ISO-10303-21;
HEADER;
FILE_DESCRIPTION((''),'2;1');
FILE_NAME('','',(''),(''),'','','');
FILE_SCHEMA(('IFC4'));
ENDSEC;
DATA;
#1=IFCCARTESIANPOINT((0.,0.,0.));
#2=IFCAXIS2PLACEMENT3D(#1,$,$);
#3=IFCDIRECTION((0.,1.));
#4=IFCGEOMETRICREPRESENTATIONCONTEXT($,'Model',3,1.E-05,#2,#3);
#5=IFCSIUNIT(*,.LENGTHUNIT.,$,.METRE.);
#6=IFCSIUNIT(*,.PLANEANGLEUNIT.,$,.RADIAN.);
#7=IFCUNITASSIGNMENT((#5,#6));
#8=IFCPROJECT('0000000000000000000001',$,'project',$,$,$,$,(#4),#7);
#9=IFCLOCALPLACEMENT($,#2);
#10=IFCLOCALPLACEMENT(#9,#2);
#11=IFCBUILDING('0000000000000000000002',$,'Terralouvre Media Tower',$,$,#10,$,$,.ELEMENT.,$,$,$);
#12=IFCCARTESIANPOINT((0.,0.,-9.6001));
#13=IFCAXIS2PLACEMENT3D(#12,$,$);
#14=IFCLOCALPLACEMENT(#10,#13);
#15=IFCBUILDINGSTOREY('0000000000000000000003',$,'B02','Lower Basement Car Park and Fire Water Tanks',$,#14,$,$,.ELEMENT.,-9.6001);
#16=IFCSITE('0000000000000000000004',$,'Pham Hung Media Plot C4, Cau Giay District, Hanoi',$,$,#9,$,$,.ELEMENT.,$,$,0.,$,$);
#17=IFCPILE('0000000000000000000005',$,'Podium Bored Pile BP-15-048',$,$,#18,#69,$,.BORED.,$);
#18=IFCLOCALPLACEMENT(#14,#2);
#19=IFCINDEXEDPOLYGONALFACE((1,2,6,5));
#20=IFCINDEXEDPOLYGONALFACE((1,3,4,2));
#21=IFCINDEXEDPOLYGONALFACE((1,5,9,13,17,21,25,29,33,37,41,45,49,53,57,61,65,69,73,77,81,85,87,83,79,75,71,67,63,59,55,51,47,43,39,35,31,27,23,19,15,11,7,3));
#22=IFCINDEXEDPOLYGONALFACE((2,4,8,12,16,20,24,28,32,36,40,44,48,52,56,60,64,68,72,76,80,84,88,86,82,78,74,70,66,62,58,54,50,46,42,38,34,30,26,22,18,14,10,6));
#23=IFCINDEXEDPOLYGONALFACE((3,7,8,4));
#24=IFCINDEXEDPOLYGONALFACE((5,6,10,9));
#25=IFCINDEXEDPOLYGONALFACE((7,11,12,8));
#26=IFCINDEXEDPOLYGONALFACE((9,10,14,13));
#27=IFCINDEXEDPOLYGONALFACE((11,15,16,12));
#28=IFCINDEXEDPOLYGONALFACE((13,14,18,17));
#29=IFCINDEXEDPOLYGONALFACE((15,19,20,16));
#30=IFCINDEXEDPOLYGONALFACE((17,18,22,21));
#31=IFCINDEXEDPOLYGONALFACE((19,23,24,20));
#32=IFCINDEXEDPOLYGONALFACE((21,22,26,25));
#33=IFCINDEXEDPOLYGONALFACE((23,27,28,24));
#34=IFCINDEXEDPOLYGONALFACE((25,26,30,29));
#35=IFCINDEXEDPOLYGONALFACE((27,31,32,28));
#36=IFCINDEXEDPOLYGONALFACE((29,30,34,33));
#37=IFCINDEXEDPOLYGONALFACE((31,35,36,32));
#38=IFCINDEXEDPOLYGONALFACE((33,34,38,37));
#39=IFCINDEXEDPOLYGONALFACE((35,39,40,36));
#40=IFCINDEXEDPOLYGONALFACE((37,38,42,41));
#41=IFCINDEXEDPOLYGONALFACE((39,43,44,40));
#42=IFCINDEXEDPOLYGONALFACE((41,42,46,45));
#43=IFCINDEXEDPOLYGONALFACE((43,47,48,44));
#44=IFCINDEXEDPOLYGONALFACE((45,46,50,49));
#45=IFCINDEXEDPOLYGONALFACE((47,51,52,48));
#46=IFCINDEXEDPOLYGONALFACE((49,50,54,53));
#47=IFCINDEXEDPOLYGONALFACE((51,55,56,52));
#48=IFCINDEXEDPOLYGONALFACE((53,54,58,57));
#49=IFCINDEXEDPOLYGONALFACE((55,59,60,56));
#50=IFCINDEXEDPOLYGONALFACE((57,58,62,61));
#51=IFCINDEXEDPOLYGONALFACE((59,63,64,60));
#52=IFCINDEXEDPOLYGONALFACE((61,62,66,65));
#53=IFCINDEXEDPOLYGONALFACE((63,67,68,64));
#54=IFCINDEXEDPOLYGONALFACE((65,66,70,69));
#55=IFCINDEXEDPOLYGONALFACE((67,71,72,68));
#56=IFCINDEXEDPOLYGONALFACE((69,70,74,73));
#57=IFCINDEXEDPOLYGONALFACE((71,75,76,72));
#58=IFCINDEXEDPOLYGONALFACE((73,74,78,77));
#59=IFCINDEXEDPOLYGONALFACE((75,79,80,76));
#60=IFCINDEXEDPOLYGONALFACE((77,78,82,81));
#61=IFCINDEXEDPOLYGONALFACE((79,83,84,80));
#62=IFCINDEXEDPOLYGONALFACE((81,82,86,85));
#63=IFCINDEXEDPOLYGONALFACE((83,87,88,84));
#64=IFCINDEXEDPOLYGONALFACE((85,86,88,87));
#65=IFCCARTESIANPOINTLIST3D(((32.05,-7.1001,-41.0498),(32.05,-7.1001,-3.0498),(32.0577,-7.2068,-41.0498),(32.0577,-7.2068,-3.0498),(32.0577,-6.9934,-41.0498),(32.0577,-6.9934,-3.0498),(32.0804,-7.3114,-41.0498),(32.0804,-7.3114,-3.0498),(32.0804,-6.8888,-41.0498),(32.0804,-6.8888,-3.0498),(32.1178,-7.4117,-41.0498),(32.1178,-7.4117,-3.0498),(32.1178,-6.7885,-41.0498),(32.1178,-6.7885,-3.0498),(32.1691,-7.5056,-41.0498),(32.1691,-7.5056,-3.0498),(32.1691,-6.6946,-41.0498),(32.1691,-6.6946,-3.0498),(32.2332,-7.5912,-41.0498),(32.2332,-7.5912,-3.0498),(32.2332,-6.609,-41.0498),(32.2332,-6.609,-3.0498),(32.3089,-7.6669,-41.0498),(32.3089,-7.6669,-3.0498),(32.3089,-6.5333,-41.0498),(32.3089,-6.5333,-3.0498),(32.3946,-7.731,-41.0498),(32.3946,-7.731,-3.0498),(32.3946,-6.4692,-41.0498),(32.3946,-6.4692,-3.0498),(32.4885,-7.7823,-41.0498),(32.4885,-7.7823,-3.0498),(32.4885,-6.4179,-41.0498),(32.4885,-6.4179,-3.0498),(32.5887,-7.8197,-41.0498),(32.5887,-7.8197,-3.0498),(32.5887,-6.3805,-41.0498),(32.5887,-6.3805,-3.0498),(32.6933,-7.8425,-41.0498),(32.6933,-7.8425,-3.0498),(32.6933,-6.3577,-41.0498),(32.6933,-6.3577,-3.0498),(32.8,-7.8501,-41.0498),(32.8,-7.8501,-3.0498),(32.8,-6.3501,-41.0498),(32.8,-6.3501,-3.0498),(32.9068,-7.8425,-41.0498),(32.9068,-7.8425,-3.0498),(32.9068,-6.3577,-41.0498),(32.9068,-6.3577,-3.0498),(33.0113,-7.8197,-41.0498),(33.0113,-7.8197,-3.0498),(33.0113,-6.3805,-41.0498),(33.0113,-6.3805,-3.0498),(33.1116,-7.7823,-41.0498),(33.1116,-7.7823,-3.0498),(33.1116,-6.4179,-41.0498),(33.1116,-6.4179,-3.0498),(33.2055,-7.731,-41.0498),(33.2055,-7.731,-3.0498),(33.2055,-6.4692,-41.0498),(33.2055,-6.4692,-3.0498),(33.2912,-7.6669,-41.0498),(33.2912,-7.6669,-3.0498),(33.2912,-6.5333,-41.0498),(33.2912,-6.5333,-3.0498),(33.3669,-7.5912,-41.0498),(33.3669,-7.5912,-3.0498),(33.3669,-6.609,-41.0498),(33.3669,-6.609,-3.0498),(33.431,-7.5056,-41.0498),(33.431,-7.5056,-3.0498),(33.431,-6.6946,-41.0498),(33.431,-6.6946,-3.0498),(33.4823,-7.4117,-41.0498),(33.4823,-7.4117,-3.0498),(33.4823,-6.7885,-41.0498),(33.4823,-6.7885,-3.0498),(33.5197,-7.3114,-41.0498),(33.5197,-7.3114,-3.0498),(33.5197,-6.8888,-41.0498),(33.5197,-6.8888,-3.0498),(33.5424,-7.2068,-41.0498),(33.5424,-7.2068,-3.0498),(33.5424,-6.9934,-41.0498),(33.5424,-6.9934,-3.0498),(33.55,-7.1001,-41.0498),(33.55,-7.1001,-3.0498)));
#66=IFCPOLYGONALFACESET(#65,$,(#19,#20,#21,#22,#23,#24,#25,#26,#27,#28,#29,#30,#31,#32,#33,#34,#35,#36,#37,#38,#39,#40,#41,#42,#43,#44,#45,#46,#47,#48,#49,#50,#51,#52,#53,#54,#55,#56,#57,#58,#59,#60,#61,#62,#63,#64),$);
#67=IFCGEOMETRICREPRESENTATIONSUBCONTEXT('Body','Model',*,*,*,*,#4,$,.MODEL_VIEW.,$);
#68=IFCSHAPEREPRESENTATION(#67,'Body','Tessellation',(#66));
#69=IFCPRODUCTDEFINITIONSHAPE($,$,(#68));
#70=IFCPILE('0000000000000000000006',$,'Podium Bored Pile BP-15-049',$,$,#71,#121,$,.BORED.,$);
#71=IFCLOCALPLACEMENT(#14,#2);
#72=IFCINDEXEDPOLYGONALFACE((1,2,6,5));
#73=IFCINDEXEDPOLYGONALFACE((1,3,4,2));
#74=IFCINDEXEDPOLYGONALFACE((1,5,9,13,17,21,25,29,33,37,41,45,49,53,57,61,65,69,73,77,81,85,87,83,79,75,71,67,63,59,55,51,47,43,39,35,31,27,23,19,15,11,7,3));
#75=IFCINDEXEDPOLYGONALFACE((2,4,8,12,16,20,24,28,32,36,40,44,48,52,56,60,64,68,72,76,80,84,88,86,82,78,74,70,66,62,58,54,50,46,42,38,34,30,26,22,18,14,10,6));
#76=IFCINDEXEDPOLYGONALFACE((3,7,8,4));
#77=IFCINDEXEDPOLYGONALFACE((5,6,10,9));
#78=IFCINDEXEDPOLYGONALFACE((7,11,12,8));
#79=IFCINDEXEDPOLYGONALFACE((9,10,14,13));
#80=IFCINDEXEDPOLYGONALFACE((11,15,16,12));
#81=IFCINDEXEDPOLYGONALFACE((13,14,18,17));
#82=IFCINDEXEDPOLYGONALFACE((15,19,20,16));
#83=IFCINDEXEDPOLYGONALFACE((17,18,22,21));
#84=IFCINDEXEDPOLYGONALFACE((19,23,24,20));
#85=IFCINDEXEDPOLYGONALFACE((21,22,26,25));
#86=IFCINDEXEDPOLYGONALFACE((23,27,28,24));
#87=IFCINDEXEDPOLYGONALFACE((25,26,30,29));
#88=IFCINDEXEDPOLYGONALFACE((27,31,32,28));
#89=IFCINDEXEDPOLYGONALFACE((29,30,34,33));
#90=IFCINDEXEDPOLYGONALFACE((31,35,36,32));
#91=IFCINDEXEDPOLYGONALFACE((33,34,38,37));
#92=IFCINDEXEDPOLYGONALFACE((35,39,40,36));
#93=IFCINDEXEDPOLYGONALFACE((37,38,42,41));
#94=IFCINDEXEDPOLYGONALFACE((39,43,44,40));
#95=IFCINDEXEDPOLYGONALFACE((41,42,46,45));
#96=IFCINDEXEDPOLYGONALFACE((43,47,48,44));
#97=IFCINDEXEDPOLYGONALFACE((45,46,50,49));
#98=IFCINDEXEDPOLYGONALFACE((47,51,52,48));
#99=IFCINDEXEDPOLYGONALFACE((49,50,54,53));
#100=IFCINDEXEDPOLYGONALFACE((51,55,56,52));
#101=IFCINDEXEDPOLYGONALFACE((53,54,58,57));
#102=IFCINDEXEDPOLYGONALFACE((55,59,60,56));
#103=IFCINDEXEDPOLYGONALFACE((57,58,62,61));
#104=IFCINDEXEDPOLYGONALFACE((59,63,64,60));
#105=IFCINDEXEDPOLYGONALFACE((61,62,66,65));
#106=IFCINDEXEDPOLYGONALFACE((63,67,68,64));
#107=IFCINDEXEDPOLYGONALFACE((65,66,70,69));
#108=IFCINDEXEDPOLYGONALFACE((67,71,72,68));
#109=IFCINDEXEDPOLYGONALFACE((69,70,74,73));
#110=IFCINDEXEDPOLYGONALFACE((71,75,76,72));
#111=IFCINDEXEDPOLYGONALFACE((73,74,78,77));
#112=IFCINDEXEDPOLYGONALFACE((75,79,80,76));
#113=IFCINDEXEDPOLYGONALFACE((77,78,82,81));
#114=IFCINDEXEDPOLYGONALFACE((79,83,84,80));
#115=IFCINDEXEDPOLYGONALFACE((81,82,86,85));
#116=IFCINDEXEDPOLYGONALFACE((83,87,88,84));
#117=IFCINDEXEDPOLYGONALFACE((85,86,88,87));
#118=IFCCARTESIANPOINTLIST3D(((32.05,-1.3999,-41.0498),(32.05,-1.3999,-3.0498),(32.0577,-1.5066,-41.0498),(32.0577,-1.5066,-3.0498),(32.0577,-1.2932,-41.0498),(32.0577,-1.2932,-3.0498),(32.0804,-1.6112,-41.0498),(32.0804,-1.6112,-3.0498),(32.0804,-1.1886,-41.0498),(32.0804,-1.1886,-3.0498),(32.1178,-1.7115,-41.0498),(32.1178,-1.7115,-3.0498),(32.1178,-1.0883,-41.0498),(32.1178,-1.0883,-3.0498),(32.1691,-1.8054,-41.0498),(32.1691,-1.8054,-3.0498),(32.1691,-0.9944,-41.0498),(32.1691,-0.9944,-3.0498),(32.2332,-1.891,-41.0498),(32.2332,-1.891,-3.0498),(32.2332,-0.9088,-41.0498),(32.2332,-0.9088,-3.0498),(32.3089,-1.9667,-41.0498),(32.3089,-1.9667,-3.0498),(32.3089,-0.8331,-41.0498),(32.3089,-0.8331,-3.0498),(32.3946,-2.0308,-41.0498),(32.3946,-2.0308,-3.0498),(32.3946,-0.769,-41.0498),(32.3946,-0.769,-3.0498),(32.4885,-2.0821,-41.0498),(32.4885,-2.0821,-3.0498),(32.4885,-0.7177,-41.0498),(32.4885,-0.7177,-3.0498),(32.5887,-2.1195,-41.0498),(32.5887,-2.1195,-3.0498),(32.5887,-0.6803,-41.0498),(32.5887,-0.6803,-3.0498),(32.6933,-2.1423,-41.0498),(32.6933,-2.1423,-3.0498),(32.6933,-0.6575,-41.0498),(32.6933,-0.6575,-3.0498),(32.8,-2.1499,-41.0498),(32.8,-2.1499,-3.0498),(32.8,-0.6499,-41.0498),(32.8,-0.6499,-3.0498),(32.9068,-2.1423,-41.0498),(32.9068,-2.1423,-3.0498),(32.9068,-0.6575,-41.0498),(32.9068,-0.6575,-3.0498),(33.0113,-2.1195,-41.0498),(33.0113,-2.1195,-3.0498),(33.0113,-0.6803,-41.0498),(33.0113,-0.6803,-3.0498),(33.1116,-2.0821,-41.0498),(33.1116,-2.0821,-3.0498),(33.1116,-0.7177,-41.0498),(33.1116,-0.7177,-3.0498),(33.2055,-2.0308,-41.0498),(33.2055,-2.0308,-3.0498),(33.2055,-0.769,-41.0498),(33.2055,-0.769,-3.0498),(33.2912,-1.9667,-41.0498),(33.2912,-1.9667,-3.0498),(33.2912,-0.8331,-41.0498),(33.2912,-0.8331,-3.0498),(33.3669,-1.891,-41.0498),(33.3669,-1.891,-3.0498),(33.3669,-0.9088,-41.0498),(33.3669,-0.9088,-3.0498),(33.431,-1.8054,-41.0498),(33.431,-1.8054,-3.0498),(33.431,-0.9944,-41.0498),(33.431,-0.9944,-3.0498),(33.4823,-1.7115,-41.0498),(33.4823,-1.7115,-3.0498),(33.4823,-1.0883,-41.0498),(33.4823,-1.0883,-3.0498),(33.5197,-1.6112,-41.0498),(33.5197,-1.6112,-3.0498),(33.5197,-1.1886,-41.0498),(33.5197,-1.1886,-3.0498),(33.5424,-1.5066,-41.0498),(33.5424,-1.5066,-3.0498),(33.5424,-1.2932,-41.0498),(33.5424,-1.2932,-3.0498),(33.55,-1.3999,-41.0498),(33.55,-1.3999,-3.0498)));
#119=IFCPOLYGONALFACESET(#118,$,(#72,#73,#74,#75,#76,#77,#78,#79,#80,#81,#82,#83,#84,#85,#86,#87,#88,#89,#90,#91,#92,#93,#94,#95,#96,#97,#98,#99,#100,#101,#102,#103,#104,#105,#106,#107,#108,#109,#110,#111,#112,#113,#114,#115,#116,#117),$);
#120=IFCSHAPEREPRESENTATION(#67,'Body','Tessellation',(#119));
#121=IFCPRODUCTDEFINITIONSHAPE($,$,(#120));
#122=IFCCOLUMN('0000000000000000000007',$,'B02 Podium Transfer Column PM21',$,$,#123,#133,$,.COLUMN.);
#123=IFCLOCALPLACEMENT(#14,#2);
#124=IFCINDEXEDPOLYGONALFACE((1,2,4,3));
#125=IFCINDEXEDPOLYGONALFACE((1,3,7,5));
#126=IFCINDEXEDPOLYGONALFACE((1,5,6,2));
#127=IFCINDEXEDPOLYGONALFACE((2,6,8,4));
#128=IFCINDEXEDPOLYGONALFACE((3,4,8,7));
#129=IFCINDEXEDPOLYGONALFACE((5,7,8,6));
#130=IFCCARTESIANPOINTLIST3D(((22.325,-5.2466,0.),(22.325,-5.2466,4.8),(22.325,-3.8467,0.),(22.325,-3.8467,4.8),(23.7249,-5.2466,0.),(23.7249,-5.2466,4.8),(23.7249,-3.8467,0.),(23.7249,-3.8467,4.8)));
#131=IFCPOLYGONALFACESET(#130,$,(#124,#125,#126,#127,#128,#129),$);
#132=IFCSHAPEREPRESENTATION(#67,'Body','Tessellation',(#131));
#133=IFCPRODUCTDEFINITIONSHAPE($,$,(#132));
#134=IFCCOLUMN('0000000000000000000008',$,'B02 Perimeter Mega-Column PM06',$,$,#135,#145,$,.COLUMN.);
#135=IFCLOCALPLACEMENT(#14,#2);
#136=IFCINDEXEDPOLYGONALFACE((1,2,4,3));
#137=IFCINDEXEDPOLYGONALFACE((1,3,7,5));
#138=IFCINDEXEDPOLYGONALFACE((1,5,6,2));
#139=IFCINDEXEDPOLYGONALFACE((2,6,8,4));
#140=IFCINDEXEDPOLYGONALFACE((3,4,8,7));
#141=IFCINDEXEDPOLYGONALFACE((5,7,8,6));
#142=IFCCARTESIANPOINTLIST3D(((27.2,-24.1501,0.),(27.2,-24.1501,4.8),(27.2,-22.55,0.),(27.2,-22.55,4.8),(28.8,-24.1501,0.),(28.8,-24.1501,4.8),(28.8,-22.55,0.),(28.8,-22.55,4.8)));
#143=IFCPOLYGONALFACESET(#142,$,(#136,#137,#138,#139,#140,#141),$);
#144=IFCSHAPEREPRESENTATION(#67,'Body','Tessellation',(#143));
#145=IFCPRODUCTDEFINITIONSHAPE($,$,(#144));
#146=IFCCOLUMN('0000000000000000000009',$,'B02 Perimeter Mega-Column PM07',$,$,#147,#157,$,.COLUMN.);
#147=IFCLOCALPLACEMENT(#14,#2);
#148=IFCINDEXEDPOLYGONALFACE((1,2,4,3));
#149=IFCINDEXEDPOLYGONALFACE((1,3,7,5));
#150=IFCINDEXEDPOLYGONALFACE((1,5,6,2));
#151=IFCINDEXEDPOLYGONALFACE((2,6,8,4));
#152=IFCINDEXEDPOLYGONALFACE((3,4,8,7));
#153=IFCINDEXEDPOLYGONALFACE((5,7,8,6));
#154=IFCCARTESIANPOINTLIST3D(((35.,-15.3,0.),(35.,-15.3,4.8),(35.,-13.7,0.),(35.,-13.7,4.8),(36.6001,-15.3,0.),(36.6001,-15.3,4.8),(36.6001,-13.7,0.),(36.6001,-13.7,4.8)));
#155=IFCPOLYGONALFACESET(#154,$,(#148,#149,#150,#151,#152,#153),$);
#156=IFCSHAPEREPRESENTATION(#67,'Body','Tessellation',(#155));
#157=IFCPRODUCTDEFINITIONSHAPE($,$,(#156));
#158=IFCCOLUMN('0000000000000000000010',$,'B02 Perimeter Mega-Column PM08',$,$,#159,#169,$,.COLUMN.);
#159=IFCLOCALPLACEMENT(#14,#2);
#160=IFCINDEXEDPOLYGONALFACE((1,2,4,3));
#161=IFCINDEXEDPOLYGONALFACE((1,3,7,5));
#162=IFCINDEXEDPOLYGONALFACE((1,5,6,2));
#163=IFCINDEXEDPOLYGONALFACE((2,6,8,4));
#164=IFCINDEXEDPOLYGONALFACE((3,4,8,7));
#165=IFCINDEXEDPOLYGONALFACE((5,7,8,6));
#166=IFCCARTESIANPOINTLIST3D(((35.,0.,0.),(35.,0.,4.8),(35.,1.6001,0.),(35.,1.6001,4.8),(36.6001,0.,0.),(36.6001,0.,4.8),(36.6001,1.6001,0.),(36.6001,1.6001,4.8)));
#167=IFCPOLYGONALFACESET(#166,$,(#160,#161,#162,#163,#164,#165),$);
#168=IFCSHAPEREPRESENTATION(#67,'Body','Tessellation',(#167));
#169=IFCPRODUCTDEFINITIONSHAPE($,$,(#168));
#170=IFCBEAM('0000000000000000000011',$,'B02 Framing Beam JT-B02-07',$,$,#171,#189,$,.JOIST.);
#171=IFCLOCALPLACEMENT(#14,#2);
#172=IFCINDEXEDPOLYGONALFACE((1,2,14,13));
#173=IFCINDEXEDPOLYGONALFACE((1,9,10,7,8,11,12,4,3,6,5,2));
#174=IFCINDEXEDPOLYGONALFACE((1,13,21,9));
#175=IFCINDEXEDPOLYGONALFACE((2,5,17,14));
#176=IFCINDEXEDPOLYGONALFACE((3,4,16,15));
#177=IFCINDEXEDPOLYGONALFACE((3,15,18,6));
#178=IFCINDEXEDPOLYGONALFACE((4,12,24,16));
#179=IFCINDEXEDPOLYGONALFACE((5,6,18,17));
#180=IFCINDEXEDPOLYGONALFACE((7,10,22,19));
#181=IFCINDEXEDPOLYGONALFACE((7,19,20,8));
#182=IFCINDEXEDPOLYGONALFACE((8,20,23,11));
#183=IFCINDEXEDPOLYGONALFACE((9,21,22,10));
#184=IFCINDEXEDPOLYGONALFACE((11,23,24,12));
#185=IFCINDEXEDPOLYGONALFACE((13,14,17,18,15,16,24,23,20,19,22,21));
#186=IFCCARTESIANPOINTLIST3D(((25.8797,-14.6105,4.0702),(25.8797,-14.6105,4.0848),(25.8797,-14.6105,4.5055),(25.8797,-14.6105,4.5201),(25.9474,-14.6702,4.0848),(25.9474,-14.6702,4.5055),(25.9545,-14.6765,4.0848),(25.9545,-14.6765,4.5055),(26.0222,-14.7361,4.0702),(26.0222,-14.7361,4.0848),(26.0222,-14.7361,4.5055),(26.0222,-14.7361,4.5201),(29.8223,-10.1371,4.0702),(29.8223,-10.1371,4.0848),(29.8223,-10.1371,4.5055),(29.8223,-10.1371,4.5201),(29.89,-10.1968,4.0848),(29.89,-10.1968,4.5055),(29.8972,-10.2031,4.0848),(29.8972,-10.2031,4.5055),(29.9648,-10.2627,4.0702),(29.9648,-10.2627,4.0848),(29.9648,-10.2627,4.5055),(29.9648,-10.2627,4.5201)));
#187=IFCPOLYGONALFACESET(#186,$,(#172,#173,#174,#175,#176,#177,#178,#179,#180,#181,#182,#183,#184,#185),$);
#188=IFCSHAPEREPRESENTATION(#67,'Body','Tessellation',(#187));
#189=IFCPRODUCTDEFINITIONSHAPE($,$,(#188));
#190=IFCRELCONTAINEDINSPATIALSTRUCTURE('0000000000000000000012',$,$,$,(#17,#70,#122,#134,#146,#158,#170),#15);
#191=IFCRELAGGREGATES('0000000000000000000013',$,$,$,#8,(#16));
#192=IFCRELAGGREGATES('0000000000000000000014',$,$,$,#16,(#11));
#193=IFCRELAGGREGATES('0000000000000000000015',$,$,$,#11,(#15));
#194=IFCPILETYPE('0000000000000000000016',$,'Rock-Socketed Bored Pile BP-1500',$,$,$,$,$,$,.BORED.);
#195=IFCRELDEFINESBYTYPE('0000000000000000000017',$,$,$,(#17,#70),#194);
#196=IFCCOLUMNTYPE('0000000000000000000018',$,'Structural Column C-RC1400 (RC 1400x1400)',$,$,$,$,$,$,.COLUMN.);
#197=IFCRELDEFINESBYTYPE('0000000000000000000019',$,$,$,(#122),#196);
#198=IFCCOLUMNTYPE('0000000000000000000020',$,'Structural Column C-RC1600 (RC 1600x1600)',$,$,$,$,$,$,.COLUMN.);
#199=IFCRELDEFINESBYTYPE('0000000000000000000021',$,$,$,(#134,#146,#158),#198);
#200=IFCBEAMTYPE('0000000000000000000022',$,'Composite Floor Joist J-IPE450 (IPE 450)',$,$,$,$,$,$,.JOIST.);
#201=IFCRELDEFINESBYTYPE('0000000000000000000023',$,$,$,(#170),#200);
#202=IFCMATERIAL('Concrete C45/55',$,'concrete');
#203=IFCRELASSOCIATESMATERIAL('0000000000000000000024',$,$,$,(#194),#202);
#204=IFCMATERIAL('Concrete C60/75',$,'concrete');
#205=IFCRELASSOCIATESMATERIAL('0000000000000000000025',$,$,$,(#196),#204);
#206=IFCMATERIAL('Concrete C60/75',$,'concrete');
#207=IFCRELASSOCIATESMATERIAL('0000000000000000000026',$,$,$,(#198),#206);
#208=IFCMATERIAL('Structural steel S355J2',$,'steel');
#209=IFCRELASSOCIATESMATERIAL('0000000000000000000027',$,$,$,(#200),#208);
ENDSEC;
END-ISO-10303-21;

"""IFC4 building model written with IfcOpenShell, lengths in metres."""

from ifc_helpers import new_model, si_unit, direction, frame, origin, origin_2d, place, context, subcontext, project, spatial, rectangle, circle, i_section, extrude, material, material_profile, profile_set, type_object, element, save


model = new_model("IFC4")

# Units and contexts
model_context = context("Model", 3, precision=1e-05, world=origin(), true_north=direction((0.0, 1.0)))
body_context = subcontext(model_context, "Body", "Model", "MODEL_VIEW")
ifc_project = project(units=[si_unit("LENGTHUNIT", "METRE"), si_unit("PLANEANGLEUNIT", "RADIAN")], contexts=[model_context])

# Site, building, storey
site_placement = place(None, origin())
site = spatial("IfcSite", under=ifc_project, at=site_placement, Name="Pham Hung Media Plot C4, Cau Giay District, Hanoi", CompositionType="ELEMENT", RefElevation=0.0)
building_placement = place(site_placement, origin())
building = spatial("IfcBuilding", under=site, at=building_placement, Name="Terralouvre Media Tower", CompositionType="ELEMENT")
storey_placement = place(building_placement, frame((0.0, 0.0, -9.6001)))
storey = spatial("IfcBuildingStorey", under=building, at=storey_placement, Name="B02", Description="Lower Basement Car Park and Fire Water Tanks", CompositionType="ELEMENT", Elevation=-9.6001)

# Piles
ifc_material_1 = material(Name="Concrete C45/55", Category="concrete")
ifc_material_profile_1 = material_profile(ifc_material_1, circle(Radius=0.75, at=origin_2d()), Name="BORED PILE 1500")
ifc_profile_set_1 = profile_set([ifc_material_profile_1], Name="Concrete C45/55")
pile_type = type_object("IfcPileType", Name="Rock-Socketed Bored Pile BP-1500", PredefinedType="BORED", material=ifc_profile_set_1)
for number, where, z_axis, x_axis, name in (
    (1, (32.8, -7.1001, -3.0498), (0.0, 0.0, -1.0), (1.0, 0.0, 0.0), "Podium Bored Pile BP-15-048"),
    (2, (32.8, -1.3999, -3.0498), (0.0, 0.0, -1.0), (1.0, 0.0, 0.0), "Podium Bored Pile BP-15-049"),
):
    element("IfcPile", number, at=place(storey_placement, frame(where, z_axis=z_axis, x_axis=x_axis)), inside=storey, type_object=pile_type, Name=name, PredefinedType="BORED", context=body_context, shape_type="SweptSolid", body=[
        extrude(circle(Radius=0.75, at=origin_2d()), origin(), (0.0, 0.0, 1.0), 38.0),
    ])

# Columns
ifc_material_2 = material(Name="Concrete C60/75", Category="concrete")
ifc_material_profile_2 = material_profile(ifc_material_2, rectangle(XDim=1.3999, YDim=1.3999, at=origin_2d()), Name="RC 1400x1400")
ifc_profile_set_2 = profile_set([ifc_material_profile_2], Name="Concrete C60/75")
column_type_1 = type_object("IfcColumnType", Name="Structural Column C-RC1400 (RC 1400x1400)", PredefinedType="COLUMN", material=ifc_profile_set_2)
column_placement = place(storey_placement, frame((23.0249, -4.5466, 0.0), z_axis=(0.0, 0.0, 1.0), x_axis=(1.0, 0.0, 0.0)))
element("IfcColumn", 3, at=column_placement, inside=storey, type_object=column_type_1, Name="B02 Podium Transfer Column PM21", PredefinedType="COLUMN", context=body_context, shape_type="SweptSolid", body=[
    extrude(rectangle(XDim=1.3999, YDim=1.3999, at=origin_2d()), origin(), (0.0, 0.0, 1.0), 4.8),
])
ifc_material_3 = material(Name="Concrete C60/75", Category="concrete")
ifc_material_profile_3 = material_profile(ifc_material_3, rectangle(XDim=1.6001, YDim=1.6001, at=origin_2d()), Name="RC 1600x1600")
ifc_profile_set_3 = profile_set([ifc_material_profile_3], Name="Concrete C60/75")
column_type_2 = type_object("IfcColumnType", Name="Structural Column C-RC1600 (RC 1600x1600)", PredefinedType="COLUMN", material=ifc_profile_set_3)
for number, where, z_axis, x_axis, name in (
    (4, (28.0, -23.3501, 0.0), (0.0, 0.0, 1.0), (1.0, 0.0, 0.0), "B02 Perimeter Mega-Column PM06"),
    (5, (35.8, -14.5, 0.0), (0.0, 0.0, 1.0), (1.0, 0.0, 0.0), "B02 Perimeter Mega-Column PM07"),
    (6, (35.8, 0.8, 0.0), (0.0, 0.0, 1.0), (1.0, 0.0, 0.0), "B02 Perimeter Mega-Column PM08"),
):
    element("IfcColumn", number, at=place(storey_placement, frame(where, z_axis=z_axis, x_axis=x_axis)), inside=storey, type_object=column_type_2, Name=name, PredefinedType="COLUMN", context=body_context, shape_type="SweptSolid", body=[
        extrude(rectangle(XDim=1.6001, YDim=1.6001, at=origin_2d()), origin(), (0.0, 0.0, 1.0), 4.8),
    ])

# Beam
ifc_material_4 = material(Name="Structural steel S355J2", Category="steel")
ifc_material_profile_4 = material_profile(ifc_material_4, i_section(OverallWidth=0.1899, OverallDepth=0.45, WebThickness=0.0095, FlangeThickness=0.0146, at=origin_2d()), Name="IPE 450")
ifc_profile_set_4 = profile_set([ifc_material_profile_4], Name="Structural steel S355J2")
beam_type_1 = type_object("IfcBeamType", Name="Composite Floor Joist J-IPE450 (IPE 450)", PredefinedType="JOIST", material=ifc_profile_set_4)
beam_1_placement = place(storey_placement, frame((25.9509, -14.6733, 4.2952), z_axis=(0.661199, 0.750211, 0.0), x_axis=(-0.750211, 0.661199, 0.0)))
element("IfcBeam", 7, at=beam_1_placement, inside=storey, type_object=beam_type_1, Name="B02 Framing Beam JT-B02-07", PredefinedType="JOIST", context=body_context, shape_type="SweptSolid", body=[
    extrude(i_section(OverallWidth=0.1899, OverallDepth=0.45, WebThickness=0.0095, FlangeThickness=0.0146, at=origin_2d()), origin(), (0.0, 0.0, 1.0), 5.9629),
])

save(model, "model.ifc")
